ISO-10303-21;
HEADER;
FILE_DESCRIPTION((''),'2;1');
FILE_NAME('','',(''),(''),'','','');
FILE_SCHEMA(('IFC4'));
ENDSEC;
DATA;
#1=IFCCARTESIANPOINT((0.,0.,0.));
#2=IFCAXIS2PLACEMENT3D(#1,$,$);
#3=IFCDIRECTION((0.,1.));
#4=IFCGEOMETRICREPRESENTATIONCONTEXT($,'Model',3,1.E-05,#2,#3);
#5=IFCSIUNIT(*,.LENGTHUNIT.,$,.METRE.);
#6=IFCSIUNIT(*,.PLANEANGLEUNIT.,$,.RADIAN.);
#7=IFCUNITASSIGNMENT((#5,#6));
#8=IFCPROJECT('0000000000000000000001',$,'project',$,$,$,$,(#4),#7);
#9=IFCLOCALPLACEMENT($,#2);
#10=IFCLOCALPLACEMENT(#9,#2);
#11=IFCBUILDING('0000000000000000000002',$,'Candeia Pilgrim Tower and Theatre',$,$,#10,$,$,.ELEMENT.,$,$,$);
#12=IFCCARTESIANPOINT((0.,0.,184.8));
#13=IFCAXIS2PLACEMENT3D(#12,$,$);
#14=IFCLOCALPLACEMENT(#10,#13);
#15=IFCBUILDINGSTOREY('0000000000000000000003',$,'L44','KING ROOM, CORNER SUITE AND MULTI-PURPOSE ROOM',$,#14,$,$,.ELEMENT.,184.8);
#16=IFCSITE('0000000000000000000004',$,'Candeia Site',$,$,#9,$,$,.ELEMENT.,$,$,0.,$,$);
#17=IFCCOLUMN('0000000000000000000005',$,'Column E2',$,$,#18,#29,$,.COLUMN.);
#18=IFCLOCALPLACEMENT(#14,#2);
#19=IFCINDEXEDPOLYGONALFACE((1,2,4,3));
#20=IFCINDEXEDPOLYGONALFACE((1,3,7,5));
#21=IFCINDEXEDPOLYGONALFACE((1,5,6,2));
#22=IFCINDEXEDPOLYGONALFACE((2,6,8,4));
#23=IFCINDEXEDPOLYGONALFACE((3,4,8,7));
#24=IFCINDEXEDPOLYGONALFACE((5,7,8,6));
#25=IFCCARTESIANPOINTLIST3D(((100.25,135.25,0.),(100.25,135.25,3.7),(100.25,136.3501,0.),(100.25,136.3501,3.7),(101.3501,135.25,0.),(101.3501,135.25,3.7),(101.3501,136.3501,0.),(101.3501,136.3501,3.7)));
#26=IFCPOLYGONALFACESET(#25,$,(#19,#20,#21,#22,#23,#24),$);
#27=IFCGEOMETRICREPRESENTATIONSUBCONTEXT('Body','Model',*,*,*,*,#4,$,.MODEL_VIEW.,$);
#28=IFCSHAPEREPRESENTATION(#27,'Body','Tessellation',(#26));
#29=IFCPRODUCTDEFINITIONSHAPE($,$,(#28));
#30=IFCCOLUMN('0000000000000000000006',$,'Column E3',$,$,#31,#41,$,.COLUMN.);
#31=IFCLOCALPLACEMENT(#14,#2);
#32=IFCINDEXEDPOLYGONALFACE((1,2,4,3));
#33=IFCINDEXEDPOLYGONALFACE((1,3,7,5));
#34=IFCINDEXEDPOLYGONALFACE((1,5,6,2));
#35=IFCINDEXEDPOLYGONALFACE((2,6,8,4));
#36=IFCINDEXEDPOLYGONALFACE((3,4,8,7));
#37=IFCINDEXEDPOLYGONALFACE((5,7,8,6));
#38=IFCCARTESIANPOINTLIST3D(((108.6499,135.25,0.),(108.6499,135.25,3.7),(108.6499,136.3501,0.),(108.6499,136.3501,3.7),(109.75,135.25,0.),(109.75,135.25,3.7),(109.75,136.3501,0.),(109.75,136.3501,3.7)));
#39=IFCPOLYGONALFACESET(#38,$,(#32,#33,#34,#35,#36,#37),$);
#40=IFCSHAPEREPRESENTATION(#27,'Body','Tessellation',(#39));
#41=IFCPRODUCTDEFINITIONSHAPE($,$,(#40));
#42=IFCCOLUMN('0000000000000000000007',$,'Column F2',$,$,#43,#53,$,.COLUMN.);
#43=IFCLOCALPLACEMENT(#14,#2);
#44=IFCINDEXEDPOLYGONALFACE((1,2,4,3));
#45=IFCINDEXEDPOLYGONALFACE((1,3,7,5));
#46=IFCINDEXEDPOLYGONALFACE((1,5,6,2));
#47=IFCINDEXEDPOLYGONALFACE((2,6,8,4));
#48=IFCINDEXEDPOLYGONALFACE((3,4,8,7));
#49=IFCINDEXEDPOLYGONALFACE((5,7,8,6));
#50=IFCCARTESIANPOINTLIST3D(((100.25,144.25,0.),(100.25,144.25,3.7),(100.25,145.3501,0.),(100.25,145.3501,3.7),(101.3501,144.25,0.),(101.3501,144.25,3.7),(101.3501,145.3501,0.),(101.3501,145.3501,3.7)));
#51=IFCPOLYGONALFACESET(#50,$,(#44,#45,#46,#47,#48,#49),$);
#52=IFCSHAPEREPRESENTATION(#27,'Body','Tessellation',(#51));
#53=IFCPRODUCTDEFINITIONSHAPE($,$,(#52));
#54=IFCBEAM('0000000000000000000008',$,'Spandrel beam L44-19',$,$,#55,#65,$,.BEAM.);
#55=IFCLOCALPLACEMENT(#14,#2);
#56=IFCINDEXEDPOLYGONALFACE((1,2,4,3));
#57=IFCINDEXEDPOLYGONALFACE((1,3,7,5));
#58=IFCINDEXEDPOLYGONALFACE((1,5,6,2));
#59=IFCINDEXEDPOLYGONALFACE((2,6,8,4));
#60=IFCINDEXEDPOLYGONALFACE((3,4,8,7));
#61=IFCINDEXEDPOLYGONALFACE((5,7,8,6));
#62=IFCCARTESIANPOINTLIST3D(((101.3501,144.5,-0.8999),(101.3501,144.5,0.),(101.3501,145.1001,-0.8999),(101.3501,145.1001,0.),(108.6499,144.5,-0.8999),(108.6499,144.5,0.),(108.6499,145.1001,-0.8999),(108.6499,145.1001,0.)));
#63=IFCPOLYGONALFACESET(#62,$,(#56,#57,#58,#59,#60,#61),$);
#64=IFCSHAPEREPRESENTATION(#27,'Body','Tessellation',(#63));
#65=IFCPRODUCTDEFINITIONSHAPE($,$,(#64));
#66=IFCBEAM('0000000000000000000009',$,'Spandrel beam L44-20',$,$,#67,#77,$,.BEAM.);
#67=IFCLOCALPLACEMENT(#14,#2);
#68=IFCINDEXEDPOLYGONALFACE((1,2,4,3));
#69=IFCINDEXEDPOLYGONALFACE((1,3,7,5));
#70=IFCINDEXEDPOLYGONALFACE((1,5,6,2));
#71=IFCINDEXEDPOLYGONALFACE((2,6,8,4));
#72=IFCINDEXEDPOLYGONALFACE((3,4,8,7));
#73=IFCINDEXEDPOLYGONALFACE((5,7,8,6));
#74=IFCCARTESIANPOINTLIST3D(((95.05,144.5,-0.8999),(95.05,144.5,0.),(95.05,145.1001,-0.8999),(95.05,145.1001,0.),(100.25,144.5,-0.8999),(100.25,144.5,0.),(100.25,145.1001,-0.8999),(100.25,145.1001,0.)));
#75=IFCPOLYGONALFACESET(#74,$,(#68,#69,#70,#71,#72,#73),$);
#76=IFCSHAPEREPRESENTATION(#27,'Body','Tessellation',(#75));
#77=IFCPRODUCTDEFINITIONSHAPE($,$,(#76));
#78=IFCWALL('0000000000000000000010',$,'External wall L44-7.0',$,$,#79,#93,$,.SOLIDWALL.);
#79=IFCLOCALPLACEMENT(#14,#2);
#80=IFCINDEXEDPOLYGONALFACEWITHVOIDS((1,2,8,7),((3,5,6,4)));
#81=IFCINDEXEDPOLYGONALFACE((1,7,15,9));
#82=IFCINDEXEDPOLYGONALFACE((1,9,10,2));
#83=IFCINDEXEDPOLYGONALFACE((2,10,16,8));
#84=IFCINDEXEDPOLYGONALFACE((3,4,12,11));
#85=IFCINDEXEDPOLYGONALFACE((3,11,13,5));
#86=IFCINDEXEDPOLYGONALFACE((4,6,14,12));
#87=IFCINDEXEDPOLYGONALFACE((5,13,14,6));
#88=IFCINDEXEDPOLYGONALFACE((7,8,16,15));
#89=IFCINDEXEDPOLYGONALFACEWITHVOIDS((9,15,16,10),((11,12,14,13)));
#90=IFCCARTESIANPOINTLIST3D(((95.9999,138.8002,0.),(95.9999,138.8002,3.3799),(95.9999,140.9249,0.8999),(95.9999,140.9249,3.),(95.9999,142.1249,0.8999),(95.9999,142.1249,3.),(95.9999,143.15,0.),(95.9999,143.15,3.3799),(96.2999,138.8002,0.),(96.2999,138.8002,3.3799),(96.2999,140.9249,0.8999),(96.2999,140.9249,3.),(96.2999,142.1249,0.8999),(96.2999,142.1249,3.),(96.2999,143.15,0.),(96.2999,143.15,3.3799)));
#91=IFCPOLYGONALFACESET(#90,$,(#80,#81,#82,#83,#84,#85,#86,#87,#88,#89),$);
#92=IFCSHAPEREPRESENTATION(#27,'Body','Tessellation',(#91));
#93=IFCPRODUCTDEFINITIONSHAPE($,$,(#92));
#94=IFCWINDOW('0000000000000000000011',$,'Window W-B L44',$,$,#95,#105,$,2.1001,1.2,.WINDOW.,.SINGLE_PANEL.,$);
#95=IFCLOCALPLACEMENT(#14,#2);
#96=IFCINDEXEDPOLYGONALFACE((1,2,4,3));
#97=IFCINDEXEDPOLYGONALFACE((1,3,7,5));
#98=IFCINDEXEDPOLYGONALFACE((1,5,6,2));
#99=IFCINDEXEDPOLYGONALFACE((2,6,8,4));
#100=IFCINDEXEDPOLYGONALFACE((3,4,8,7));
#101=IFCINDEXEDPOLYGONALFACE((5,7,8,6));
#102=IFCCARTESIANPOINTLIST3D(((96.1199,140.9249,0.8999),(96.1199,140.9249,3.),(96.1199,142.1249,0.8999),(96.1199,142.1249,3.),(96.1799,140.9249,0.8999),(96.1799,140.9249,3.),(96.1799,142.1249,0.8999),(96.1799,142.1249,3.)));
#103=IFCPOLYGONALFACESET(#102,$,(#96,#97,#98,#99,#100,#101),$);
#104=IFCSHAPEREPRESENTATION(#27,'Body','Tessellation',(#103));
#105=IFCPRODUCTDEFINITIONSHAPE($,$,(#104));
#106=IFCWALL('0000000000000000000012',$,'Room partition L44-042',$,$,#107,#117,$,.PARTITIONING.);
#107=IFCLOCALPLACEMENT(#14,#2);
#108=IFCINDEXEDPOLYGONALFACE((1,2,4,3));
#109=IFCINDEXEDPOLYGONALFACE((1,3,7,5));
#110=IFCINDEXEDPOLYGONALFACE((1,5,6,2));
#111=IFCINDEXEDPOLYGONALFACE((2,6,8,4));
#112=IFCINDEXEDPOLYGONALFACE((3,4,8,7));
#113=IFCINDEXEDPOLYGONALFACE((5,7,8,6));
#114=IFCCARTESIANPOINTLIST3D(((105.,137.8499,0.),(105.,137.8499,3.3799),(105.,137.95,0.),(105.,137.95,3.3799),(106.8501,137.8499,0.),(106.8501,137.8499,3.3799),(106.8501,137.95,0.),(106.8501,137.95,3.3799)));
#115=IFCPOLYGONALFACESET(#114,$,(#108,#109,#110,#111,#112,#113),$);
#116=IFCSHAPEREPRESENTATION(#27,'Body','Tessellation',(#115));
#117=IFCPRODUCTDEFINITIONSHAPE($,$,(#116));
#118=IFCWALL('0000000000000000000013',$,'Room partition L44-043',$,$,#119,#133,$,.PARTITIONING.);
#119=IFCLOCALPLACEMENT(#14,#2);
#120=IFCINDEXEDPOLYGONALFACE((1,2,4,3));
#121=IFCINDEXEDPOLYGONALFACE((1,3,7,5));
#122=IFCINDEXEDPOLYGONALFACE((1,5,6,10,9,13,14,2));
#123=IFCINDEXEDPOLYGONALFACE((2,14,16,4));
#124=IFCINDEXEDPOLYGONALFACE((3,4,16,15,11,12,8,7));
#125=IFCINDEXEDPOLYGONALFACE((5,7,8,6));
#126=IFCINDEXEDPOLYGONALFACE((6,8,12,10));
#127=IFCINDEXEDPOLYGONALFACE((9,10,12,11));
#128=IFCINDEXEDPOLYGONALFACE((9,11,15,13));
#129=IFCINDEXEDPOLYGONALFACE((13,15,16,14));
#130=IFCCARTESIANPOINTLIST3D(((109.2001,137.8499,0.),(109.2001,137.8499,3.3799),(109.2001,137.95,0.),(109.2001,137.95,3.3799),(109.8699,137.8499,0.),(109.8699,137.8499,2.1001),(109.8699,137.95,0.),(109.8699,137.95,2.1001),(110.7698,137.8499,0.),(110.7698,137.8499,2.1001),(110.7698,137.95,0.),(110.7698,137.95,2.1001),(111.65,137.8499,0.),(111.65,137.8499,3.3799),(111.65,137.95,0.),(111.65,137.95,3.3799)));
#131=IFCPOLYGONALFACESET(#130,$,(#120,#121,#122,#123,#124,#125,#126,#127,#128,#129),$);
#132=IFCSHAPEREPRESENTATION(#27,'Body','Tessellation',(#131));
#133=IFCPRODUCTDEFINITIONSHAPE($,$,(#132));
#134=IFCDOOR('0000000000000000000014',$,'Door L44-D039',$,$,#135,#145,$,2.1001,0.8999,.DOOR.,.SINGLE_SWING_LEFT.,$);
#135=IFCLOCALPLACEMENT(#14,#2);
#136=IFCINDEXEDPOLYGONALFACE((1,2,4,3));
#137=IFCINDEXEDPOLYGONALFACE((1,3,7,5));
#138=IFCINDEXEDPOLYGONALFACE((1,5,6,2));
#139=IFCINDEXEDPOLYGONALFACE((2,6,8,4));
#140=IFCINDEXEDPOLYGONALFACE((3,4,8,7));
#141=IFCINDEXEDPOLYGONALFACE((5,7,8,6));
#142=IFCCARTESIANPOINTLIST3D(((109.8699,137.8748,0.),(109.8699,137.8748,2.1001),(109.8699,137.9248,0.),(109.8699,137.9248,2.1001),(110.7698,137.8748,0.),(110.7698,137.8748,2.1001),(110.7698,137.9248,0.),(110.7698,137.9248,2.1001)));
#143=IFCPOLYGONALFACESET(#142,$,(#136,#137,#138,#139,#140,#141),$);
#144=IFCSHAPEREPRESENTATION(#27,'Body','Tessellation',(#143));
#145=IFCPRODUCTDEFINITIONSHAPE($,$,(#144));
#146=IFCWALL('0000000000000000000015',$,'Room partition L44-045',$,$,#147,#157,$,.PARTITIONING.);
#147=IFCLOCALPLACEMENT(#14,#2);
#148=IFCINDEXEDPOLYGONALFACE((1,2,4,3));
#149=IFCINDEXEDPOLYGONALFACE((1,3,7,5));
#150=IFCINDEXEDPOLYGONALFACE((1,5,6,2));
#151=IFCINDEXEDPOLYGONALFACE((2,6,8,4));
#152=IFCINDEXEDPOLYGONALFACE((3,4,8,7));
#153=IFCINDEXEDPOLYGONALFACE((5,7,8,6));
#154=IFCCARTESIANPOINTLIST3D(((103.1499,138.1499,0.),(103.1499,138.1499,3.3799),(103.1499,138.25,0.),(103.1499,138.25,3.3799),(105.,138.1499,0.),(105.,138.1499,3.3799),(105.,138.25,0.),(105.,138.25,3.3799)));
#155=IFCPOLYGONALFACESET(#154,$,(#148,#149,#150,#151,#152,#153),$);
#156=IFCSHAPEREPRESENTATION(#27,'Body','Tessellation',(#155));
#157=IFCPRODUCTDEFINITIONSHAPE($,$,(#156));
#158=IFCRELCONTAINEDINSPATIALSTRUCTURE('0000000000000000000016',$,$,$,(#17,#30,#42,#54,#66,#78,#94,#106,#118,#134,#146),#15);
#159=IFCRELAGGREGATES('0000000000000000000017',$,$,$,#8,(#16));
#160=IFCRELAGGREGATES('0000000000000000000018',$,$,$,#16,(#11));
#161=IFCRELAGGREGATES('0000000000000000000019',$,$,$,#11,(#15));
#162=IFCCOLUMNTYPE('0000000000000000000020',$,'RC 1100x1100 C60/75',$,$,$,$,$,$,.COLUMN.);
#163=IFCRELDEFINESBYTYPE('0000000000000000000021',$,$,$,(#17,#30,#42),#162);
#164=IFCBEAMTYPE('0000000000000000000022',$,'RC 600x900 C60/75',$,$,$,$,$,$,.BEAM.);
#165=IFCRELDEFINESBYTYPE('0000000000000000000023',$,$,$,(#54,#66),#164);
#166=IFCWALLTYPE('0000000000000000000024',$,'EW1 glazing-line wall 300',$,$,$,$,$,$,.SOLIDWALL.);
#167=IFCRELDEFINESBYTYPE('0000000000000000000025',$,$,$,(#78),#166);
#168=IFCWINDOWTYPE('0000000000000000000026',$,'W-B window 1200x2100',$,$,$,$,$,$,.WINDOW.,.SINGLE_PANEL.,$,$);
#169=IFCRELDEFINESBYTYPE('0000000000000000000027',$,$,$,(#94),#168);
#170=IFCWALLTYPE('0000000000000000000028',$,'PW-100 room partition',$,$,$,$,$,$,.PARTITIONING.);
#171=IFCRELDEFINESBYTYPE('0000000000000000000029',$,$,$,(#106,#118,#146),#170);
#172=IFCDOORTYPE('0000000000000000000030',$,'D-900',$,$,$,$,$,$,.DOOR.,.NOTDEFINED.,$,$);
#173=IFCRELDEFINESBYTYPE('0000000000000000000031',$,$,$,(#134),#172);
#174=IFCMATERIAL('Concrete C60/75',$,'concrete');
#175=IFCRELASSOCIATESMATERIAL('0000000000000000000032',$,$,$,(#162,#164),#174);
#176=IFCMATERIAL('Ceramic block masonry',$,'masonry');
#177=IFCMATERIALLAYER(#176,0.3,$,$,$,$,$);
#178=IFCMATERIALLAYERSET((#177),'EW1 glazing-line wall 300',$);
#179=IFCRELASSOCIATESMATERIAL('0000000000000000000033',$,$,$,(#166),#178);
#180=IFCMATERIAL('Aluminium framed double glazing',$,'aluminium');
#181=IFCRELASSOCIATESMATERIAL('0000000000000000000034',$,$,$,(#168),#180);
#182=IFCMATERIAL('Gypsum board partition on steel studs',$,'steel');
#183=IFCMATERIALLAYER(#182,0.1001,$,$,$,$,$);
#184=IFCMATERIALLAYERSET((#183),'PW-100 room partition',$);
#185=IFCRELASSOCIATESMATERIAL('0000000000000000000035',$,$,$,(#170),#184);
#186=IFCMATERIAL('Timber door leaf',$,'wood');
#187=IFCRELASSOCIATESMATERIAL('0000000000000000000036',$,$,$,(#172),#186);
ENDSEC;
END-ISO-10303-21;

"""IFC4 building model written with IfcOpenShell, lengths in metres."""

from ifc_helpers import new_model, si_unit, direction, frame, frame_2d, origin, origin_2d, place, context, subcontext, project, spatial, rectangle, extrude, material, layer, layer_set, material_profile, profile_set, type_object, element, fill, save


model = new_model("IFC4")

# Units and contexts
model_context = context("Model", 3, precision=1e-05, world=origin(), true_north=direction((0.0, 1.0)))
body_context = subcontext(model_context, "Body", "Model", "MODEL_VIEW")
ifc_project = project(units=[si_unit("LENGTHUNIT", "METRE"), si_unit("PLANEANGLEUNIT", "RADIAN")], contexts=[model_context])

# Site, building, storey
site_placement = place(None, origin())
site = spatial("IfcSite", under=ifc_project, at=site_placement, Name="Candeia Site", CompositionType="ELEMENT", RefElevation=0.0)
building_placement = place(site_placement, origin())
building = spatial("IfcBuilding", under=site, at=building_placement, Name="Candeia Pilgrim Tower and Theatre", CompositionType="ELEMENT")
storey_placement = place(building_placement, frame((0.0, 0.0, 184.8)))
storey = spatial("IfcBuildingStorey", under=building, at=storey_placement, Name="L44", Description="KING ROOM, CORNER SUITE AND MULTI-PURPOSE ROOM", CompositionType="ELEMENT", Elevation=184.8)

# Columns
ifc_material_1 = material(Name="Concrete C60/75", Category="concrete")
ifc_material_profile_1 = material_profile(ifc_material_1, rectangle(XDim=1.1001, YDim=1.1001, at=origin_2d()))
ifc_profile_set_1 = profile_set([ifc_material_profile_1], Name="Concrete C60/75")
column_type = type_object("IfcColumnType", Name="RC 1100x1100 C60/75", PredefinedType="COLUMN", material=ifc_profile_set_1)
for number, where, z_axis, x_axis, name in (
    (1, (100.8, 135.8, 0.0), (0.0, 0.0, 1.0), (1.0, 0.0, 0.0), "Column E2"),
    (2, (109.2, 135.8, 0.0), (0.0, 0.0, 1.0), (1.0, 0.0, 0.0), "Column E3"),
    (3, (100.8, 144.8, 0.0), (0.0, 0.0, 1.0), (1.0, 0.0, 0.0), "Column F2"),
):
    element("IfcColumn", number, at=place(storey_placement, frame(where, z_axis=z_axis, x_axis=x_axis)), inside=storey, type_object=column_type, Name=name, PredefinedType="COLUMN", context=body_context, shape_type="SweptSolid", body=[
        extrude(rectangle(XDim=1.1001, YDim=1.1001, at=origin_2d()), origin(), (0.0, 0.0, 1.0), 3.7),
    ])

# Beams
ifc_material_profile_2 = material_profile(ifc_material_1, rectangle(XDim=0.6001, YDim=0.8999, at=origin_2d()))
ifc_profile_set_2 = profile_set([ifc_material_profile_2], Name="Concrete C60/75")
beam_type = type_object("IfcBeamType", Name="RC 600x900 C60/75", PredefinedType="BEAM", material=ifc_profile_set_2)
beam_1_placement = place(storey_placement, frame((108.6499, 144.8, -0.45), z_axis=(-1.0, 0.0, 0.0), x_axis=(0.0, -1.0, 0.0)))
element("IfcBeam", 4, at=beam_1_placement, inside=storey, type_object=beam_type, Name="Spandrel beam L44-19", PredefinedType="BEAM", context=body_context, shape_type="SweptSolid", body=[
    extrude(rectangle(XDim=0.6001, YDim=0.8999, at=origin_2d()), origin(), (0.0, 0.0, 1.0), 7.2998),
])
beam_2_placement = place(storey_placement, frame((100.25, 144.8, -0.45), z_axis=(-1.0, 0.0, 0.0), x_axis=(0.0, -1.0, 0.0)))
element("IfcBeam", 5, at=beam_2_placement, inside=storey, type_object=beam_type, Name="Spandrel beam L44-20", PredefinedType="BEAM", context=body_context, shape_type="SweptSolid", body=[
    extrude(rectangle(XDim=0.6001, YDim=0.8999, at=origin_2d()), origin(), (0.0, 0.0, 1.0), 5.2),
])

# Wall, opening, window
ifc_material_2 = material(Name="Ceramic block masonry", Category="masonry")
ifc_layer_1 = layer(ifc_material_2, 0.3)
ifc_layer_set_1 = layer_set([ifc_layer_1], Name="EW1 glazing-line wall 300")
wall_type_1 = type_object("IfcWallType", Name="EW1 glazing-line wall 300", PredefinedType="SOLIDWALL", material=ifc_layer_set_1)
wall_1_placement = place(storey_placement, frame((96.1499, 143.1499, 0.0), z_axis=(0.0, 0.0, 1.0), x_axis=(0.0, -1.0, 0.0)))
wall_1 = element("IfcWall", 6, at=wall_1_placement, inside=storey, type_object=wall_type_1, Name="External wall L44-7.0", PredefinedType="SOLIDWALL", context=body_context, shape_type="SweptSolid", body=[
    extrude(rectangle(XDim=4.3499, YDim=0.3, at=frame_2d((2.1748, 0.0))), origin(), (0.0, 0.0, 1.0), 3.3799),
])
opening_1_placement = place(wall_1_placement, frame((1.0249, 0.0, 0.8999)))
opening_1 = element("IfcOpeningElement", 7, at=opening_1_placement, cuts=wall_1, PredefinedType="OPENING", context=body_context, shape_type="SweptSolid", body=[
    extrude(rectangle(XDim=1.2, YDim=2.1001, at=frame_2d((0.6001, 1.05))), frame((0.0, 0.1602, 0.0), z_axis=(0.0, -1.0, 0.0), x_axis=(1.0, 0.0, 0.0)), (0.0, 0.0, 1.0), 0.3201),
])
ifc_material_3 = material(Name="Aluminium framed double glazing", Category="aluminium")
window_type = type_object("IfcWindowType", Name="W-B window 1200x2100", PartitioningType="SINGLE_PANEL", PredefinedType="WINDOW", material=ifc_material_3)
window_placement = place(opening_1_placement, origin())
window = element("IfcWindow", 8, at=window_placement, inside=storey, type_object=window_type, Name="Window W-B L44", OverallHeight=2.1001, OverallWidth=1.2, PartitioningType="SINGLE_PANEL", PredefinedType="WINDOW", context=body_context, shape_type="SweptSolid", body=[
    extrude(rectangle(XDim=1.2, YDim=2.1001, at=frame_2d((0.6001, 1.05))), frame((0.0, 0.03, 0.0), z_axis=(0.0, -1.0, 0.0), x_axis=(1.0, 0.0, 0.0)), (0.0, 0.0, 1.0), 0.0601),
])
fill(opening_1, window)

# Wall
ifc_material_4 = material(Name="Gypsum board partition on steel studs", Category="steel")
ifc_layer_2 = layer(ifc_material_4, 0.1001)
ifc_layer_set_2 = layer_set([ifc_layer_2], Name="PW-100 room partition")
wall_type_2 = type_object("IfcWallType", Name="PW-100 room partition", PredefinedType="PARTITIONING", material=ifc_layer_set_2)
wall_2_placement = place(storey_placement, frame((105.0, 137.8999, 0.0), z_axis=(0.0, 0.0, 1.0), x_axis=(1.0, 0.0, 0.0)))
element("IfcWall", 9, at=wall_2_placement, inside=storey, type_object=wall_type_2, Name="Room partition L44-042", PredefinedType="PARTITIONING", context=body_context, shape_type="SweptSolid", body=[
    extrude(rectangle(XDim=1.8501, YDim=0.1001, at=frame_2d((0.925, 0.0))), origin(), (0.0, 0.0, 1.0), 3.3799),
])

# Wall, opening, door
wall_3_placement = place(storey_placement, frame((109.2, 137.8999, 0.0), z_axis=(0.0, 0.0, 1.0), x_axis=(1.0, 0.0, 0.0)))
wall_3 = element("IfcWall", 10, at=wall_3_placement, inside=storey, type_object=wall_type_2, Name="Room partition L44-043", PredefinedType="PARTITIONING", context=body_context, shape_type="SweptSolid", body=[
    extrude(rectangle(XDim=2.45, YDim=0.1001, at=frame_2d((1.2251, 0.0))), origin(), (0.0, 0.0, 1.0), 3.3799),
])
opening_2_placement = place(wall_3_placement, frame((0.6699, 0.0, 0.0)))
opening_2 = element("IfcOpeningElement", 11, at=opening_2_placement, cuts=wall_3, PredefinedType="OPENING", context=body_context, shape_type="SweptSolid", body=[
    extrude(rectangle(XDim=0.8999, YDim=2.1001, at=frame_2d((0.45, 1.05))), frame((0.0, 0.0601, 0.0), z_axis=(0.0, -1.0, 0.0), x_axis=(1.0, 0.0, 0.0)), (0.0, 0.0, 1.0), 0.1201),
])
ifc_material_5 = material(Name="Timber door leaf", Category="wood")
door_type_1 = type_object("IfcDoorType", Name="D-900", OperationType="NOTDEFINED", PredefinedType="DOOR", material=ifc_material_5)
door_1_placement = place(opening_2_placement, origin())
door_1 = element("IfcDoor", 12, at=door_1_placement, inside=storey, type_object=door_type_1, Name="Door L44-D039", OperationType="SINGLE_SWING_LEFT", OverallHeight=2.1001, OverallWidth=0.8999, PredefinedType="DOOR", context=body_context, shape_type="SweptSolid", body=[
    extrude(rectangle(XDim=0.8999, YDim=2.1001, at=frame_2d((0.45, 1.05))), frame((0.0, 0.0249, 0.0), z_axis=(0.0, -1.0, 0.0), x_axis=(1.0, 0.0, 0.0)), (0.0, 0.0, 1.0), 0.05),
])
fill(opening_2, door_1)

# Wall
wall_4_placement = place(storey_placement, frame((103.1499, 138.2, 0.0), z_axis=(0.0, 0.0, 1.0), x_axis=(1.0, 0.0, 0.0)))
element("IfcWall", 13, at=wall_4_placement, inside=storey, type_object=wall_type_2, Name="Room partition L44-045", PredefinedType="PARTITIONING", context=body_context, shape_type="SweptSolid", body=[
    extrude(rectangle(XDim=1.8501, YDim=0.1001, at=frame_2d((0.925, 0.0))), origin(), (0.0, 0.0, 1.0), 3.3799),
])

save(model, "model.ifc")
